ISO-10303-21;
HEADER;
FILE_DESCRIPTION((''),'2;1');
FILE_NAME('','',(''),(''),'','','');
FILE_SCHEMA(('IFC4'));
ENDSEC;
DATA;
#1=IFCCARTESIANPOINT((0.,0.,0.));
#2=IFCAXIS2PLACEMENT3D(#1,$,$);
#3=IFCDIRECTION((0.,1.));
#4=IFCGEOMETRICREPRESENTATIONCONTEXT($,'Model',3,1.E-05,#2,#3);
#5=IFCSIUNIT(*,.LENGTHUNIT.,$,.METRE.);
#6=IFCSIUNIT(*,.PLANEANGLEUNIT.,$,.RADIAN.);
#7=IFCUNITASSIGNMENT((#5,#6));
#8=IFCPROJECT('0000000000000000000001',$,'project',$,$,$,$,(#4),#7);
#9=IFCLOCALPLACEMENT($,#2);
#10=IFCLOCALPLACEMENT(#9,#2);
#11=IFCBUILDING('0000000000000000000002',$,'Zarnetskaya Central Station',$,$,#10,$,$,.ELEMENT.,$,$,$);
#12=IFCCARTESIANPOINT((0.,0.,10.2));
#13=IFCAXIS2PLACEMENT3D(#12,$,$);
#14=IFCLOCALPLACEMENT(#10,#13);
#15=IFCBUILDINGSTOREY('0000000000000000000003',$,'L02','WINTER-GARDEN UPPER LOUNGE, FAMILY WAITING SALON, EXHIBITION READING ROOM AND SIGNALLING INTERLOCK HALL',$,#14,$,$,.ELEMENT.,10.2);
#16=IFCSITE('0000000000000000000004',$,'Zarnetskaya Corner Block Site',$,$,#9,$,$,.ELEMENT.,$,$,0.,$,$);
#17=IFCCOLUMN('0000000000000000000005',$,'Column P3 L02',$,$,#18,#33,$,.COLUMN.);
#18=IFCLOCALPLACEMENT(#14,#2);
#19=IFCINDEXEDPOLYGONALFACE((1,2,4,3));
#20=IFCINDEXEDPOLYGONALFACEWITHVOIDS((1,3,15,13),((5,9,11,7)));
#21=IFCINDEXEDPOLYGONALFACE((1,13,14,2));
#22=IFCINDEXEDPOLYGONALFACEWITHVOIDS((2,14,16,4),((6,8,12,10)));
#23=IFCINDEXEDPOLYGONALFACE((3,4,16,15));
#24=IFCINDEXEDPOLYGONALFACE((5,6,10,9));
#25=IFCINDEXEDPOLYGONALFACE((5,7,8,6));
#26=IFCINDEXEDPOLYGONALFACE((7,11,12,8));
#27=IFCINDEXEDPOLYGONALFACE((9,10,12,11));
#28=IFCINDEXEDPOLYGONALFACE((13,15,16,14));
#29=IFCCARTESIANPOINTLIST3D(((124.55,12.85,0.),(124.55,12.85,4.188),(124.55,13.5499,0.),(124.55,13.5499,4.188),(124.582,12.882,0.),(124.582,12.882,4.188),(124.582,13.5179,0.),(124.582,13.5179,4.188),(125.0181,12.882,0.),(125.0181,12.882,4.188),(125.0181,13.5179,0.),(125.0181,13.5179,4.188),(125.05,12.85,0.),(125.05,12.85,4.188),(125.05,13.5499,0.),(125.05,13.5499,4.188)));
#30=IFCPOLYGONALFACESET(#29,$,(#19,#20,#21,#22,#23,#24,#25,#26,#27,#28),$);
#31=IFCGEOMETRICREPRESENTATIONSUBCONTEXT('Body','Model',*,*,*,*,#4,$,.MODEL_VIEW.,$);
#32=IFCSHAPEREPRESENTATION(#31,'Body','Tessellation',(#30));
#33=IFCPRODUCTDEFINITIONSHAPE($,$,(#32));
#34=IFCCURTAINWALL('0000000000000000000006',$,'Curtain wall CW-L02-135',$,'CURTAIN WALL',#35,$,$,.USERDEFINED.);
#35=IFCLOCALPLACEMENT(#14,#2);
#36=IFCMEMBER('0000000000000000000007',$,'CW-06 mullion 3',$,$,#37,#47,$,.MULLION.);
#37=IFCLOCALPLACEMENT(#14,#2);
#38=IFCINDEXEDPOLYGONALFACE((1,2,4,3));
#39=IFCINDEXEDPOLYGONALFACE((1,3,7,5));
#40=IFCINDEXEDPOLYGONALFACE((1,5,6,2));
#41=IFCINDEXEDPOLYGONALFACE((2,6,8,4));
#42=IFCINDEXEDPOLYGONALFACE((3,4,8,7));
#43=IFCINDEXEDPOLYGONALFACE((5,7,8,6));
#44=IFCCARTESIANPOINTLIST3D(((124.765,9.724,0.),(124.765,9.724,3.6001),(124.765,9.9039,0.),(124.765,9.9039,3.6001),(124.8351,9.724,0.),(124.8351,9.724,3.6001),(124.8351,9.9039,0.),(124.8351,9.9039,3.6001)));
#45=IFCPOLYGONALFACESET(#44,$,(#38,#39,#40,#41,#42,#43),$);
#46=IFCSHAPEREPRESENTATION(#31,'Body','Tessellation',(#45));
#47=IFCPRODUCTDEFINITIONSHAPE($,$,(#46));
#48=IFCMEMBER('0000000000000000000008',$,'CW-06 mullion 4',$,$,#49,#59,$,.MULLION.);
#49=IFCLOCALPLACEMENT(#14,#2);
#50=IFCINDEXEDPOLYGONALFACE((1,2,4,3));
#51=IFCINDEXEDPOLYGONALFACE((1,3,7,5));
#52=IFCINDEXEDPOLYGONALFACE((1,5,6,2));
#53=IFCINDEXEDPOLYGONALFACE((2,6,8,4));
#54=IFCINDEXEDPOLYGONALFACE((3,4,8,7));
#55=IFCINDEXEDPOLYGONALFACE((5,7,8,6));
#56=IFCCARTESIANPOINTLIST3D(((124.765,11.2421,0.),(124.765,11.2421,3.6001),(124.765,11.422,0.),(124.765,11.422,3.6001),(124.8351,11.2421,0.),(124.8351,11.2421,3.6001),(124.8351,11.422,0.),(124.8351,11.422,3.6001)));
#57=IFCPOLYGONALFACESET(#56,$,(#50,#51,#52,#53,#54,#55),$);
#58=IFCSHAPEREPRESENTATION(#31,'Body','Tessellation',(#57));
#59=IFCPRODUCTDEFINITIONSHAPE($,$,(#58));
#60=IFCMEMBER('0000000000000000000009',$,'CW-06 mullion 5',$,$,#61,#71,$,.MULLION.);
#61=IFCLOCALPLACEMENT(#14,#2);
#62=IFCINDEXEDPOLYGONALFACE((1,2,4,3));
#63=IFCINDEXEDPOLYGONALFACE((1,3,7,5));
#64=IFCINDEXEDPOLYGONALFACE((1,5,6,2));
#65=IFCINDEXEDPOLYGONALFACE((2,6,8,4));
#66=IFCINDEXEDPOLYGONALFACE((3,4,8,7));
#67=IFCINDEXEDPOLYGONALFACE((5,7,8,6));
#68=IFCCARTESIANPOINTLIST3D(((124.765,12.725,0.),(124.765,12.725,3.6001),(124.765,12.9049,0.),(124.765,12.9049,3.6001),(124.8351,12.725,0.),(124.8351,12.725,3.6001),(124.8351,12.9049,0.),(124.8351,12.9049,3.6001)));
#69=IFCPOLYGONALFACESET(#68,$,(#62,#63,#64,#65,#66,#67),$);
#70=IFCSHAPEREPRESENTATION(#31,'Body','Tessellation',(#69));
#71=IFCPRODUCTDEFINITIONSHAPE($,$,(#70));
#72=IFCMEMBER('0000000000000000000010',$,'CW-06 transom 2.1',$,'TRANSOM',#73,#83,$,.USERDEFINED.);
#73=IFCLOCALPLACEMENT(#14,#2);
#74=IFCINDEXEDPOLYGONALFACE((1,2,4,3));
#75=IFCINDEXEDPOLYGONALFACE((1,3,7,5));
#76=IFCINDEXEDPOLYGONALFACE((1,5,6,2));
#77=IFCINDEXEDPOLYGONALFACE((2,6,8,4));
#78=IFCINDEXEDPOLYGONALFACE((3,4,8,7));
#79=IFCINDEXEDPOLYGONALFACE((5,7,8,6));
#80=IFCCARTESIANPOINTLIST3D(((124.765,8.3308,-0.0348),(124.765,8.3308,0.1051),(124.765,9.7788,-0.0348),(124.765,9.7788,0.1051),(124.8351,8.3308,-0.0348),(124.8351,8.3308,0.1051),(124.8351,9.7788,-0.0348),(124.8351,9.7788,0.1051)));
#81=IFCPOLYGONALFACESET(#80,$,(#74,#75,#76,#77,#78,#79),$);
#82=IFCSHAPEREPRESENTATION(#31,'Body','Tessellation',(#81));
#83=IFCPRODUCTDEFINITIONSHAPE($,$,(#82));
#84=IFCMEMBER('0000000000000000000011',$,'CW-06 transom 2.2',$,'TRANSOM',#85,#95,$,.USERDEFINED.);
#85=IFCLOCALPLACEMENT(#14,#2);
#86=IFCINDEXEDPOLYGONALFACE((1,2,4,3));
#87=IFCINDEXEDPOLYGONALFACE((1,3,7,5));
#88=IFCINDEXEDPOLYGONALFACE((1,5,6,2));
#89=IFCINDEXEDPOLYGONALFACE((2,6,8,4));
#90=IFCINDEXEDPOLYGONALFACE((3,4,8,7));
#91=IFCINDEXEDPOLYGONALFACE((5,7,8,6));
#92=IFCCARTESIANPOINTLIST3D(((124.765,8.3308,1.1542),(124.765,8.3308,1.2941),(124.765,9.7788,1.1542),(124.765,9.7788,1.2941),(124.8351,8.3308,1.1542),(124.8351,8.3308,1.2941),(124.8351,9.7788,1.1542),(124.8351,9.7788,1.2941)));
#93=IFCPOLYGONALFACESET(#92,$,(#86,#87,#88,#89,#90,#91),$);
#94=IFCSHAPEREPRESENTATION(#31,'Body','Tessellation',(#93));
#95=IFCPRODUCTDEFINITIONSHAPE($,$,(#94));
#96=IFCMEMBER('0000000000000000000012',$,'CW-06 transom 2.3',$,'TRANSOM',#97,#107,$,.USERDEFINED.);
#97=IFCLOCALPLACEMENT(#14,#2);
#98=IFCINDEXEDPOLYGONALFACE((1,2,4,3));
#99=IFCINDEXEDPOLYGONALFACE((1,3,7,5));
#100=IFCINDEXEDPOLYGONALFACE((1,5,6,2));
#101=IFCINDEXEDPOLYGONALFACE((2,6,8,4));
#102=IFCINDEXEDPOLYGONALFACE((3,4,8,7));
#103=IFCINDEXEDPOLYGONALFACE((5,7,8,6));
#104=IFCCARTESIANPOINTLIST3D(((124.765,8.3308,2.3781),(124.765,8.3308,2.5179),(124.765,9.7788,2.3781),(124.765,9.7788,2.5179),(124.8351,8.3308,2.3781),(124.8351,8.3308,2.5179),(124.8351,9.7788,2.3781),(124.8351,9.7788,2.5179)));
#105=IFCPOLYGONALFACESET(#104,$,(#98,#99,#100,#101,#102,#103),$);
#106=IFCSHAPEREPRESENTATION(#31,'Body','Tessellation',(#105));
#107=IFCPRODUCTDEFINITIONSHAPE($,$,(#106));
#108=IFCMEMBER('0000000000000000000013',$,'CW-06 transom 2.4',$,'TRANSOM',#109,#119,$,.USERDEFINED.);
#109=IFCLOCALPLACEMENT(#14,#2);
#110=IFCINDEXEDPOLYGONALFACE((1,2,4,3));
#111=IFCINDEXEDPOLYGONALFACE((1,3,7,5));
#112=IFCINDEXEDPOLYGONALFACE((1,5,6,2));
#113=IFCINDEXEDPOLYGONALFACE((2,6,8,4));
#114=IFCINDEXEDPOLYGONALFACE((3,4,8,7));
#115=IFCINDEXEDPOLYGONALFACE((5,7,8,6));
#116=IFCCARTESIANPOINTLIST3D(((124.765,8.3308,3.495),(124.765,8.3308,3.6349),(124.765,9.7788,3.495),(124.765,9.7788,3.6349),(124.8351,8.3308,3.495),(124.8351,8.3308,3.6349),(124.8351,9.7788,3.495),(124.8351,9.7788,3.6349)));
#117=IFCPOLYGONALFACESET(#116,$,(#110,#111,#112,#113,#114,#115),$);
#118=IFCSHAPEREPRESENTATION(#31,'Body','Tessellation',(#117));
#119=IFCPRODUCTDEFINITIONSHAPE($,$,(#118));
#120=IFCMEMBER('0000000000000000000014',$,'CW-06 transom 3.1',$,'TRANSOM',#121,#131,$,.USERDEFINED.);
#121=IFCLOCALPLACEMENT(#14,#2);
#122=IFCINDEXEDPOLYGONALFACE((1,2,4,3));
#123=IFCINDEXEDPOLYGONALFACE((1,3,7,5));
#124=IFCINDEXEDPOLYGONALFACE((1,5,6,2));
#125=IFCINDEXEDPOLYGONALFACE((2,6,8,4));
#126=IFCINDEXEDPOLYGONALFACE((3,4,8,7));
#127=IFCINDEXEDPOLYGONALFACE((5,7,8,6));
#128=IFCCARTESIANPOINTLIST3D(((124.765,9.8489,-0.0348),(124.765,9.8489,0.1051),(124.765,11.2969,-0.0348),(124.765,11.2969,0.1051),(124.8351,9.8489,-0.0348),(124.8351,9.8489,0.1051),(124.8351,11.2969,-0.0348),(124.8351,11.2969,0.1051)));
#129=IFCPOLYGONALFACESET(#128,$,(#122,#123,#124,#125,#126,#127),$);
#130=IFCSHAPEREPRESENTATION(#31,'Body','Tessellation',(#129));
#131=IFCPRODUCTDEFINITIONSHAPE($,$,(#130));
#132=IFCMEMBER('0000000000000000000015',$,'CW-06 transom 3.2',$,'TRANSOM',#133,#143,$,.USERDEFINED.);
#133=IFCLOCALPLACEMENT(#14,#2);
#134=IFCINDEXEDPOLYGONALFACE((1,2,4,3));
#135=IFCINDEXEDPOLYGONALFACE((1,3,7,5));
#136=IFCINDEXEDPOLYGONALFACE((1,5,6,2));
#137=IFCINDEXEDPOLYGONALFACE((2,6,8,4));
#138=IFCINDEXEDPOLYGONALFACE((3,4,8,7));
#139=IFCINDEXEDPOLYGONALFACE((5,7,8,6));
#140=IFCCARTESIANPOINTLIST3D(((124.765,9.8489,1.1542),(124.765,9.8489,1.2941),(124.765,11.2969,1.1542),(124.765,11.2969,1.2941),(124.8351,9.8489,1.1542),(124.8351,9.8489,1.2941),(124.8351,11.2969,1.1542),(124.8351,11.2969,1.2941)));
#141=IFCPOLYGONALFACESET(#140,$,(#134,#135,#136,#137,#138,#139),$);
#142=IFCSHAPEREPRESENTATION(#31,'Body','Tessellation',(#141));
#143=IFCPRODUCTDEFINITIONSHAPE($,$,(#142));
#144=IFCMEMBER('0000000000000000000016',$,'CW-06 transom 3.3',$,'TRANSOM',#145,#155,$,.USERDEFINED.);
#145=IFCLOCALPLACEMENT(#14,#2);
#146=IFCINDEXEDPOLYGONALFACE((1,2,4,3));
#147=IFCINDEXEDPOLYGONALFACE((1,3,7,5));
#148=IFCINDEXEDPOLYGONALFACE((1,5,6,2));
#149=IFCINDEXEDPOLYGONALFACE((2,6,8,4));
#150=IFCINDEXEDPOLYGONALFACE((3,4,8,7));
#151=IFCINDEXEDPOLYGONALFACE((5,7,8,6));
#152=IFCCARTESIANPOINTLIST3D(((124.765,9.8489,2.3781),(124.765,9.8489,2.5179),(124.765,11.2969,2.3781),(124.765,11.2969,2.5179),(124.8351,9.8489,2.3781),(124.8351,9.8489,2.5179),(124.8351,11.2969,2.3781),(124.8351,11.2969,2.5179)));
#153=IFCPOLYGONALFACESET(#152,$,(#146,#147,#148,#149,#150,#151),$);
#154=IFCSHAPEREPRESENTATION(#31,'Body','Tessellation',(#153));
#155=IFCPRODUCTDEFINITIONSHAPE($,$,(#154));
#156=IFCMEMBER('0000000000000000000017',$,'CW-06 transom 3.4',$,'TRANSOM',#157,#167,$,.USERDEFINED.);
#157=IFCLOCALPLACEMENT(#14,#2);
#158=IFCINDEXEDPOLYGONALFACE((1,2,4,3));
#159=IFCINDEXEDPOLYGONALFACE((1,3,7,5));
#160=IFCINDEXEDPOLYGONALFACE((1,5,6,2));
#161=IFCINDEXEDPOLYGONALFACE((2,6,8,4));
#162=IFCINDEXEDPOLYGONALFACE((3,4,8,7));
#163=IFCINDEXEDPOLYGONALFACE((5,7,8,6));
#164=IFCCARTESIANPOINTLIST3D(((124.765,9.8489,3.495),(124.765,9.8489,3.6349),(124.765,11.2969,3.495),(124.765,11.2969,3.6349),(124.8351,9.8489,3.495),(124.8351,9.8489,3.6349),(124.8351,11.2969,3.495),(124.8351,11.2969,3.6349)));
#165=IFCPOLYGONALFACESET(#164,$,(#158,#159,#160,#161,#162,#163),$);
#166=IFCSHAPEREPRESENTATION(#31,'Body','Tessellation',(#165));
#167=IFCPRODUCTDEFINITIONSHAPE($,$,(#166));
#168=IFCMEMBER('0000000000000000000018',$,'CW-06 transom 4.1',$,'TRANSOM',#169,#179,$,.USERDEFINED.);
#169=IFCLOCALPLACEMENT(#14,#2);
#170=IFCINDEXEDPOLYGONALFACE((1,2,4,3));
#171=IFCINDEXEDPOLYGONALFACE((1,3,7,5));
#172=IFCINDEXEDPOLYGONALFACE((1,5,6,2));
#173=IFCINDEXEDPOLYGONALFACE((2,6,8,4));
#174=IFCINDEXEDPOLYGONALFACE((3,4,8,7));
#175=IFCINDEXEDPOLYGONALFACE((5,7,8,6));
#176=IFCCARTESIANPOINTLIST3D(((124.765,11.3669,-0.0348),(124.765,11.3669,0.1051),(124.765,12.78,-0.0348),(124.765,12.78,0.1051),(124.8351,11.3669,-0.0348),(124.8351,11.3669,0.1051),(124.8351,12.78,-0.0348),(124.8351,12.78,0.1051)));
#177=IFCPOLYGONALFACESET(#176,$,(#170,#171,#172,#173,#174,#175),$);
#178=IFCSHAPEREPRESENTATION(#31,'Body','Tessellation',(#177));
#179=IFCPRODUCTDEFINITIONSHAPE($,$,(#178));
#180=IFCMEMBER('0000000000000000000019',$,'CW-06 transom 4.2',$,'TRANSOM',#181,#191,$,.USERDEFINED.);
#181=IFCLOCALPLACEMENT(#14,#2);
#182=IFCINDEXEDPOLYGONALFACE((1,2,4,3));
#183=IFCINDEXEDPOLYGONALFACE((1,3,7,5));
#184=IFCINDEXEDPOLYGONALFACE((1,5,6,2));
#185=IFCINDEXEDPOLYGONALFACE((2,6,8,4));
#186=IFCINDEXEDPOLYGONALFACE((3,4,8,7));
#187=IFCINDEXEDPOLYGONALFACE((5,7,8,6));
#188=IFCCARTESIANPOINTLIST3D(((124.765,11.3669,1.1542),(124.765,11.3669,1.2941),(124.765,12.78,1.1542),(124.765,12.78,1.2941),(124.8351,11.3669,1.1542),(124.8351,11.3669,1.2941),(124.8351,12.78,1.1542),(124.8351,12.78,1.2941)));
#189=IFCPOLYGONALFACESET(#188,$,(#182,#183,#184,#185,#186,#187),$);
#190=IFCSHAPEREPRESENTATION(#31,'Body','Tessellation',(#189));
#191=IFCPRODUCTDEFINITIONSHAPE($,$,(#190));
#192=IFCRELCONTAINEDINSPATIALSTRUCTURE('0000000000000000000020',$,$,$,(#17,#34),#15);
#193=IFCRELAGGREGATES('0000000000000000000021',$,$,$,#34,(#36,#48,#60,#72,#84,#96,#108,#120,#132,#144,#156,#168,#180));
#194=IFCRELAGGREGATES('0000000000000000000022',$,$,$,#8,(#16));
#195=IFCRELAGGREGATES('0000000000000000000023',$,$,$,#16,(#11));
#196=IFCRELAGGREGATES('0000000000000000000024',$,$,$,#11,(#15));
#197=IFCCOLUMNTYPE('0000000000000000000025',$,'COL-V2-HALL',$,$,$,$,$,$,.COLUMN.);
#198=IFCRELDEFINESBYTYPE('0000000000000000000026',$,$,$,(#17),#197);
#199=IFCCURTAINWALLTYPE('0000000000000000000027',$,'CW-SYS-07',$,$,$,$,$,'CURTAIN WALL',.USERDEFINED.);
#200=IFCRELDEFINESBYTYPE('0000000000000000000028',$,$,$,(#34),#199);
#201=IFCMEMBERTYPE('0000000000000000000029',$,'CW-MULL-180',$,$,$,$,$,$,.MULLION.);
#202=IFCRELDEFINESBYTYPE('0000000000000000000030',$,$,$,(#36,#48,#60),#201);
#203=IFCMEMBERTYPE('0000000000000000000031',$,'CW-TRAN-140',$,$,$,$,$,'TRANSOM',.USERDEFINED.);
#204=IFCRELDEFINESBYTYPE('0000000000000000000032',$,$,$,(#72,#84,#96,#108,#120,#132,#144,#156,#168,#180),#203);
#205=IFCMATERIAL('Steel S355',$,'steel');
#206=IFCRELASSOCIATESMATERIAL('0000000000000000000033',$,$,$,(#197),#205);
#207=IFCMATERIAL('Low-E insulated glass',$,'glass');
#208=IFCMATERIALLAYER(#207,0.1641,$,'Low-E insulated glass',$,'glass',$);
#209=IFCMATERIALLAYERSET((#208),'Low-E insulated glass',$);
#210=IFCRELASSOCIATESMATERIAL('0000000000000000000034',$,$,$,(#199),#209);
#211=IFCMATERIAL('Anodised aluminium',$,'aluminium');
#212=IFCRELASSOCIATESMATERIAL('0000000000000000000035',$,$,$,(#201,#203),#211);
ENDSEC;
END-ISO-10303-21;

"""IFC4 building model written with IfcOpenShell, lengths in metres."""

from ifc_helpers import new_model, si_unit, direction, frame, origin, origin_2d, place, context, subcontext, project, spatial, rectangle, hollow_rectangle, extrude, material, layer, layer_set, material_profile, profile_set, type_object, element, aggregate, save


model = new_model("IFC4")

# Units and contexts
model_context = context("Model", 3, precision=1e-05, world=origin(), true_north=direction((0.0, 1.0)))
body_context = subcontext(model_context, "Body", "Model", "MODEL_VIEW")
ifc_project = project(units=[si_unit("LENGTHUNIT", "METRE"), si_unit("PLANEANGLEUNIT", "RADIAN")], contexts=[model_context])

# Site, building, storey
site_placement = place(None, origin())
site = spatial("IfcSite", under=ifc_project, at=site_placement, Name="Zarnetskaya Corner Block Site", CompositionType="ELEMENT", RefElevation=0.0)
building_placement = place(site_placement, origin())
building = spatial("IfcBuilding", under=site, at=building_placement, Name="Zarnetskaya Central Station", CompositionType="ELEMENT")
storey_placement = place(building_placement, frame((0.0, 0.0, 10.2)))
storey = spatial("IfcBuildingStorey", under=building, at=storey_placement, Name="L02", Description="WINTER-GARDEN UPPER LOUNGE, FAMILY WAITING SALON, EXHIBITION READING ROOM AND SIGNALLING INTERLOCK HALL", CompositionType="ELEMENT", Elevation=10.2)

# Column
ifc_material_1 = material(Name="Steel S355", Category="steel")
ifc_material_profile_1 = material_profile(ifc_material_1, hollow_rectangle(XDim=0.5, YDim=0.7, WallThickness=0.032, at=origin_2d()), Name="BOX 700x500x32")
ifc_profile_set_1 = profile_set([ifc_material_profile_1], Name="Steel S355")
column_type = type_object("IfcColumnType", Name="COL-V2-HALL", PredefinedType="COLUMN", material=ifc_profile_set_1)
column_placement = place(storey_placement, frame((124.8, 13.2, 0.0), z_axis=(0.0, 0.0, 1.0), x_axis=(1.0, 0.0, 0.0)))
element("IfcColumn", 1, at=column_placement, inside=storey, type_object=column_type, Name="Column P3 L02", PredefinedType="COLUMN", context=body_context, shape_type="SweptSolid", body=[
    extrude(hollow_rectangle(XDim=0.5, YDim=0.7, WallThickness=0.032, at=origin_2d()), origin(), (0.0, 0.0, 1.0), 4.188),
])

# Curtain wall, members
ifc_material_2 = material(Name="Low-E insulated glass", Category="glass")
ifc_layer_1 = layer(ifc_material_2, 0.1641, Name="Low-E insulated glass", Category="glass")
ifc_layer_set_1 = layer_set([ifc_layer_1], Name="Low-E insulated glass")
curtain_wall_type = type_object("IfcCurtainWallType", Name="CW-SYS-07", ElementType="CURTAIN WALL", PredefinedType="USERDEFINED", material=ifc_layer_set_1)
curtain_wall_placement = place(storey_placement, origin())
curtain_wall = element("IfcCurtainWall", 2, at=curtain_wall_placement, inside=storey, type_object=curtain_wall_type, Name="Curtain wall CW-L02-135", ObjectType="CURTAIN WALL", PredefinedType="USERDEFINED")
ifc_material_3 = material(Name="Anodised aluminium", Category="aluminium")
ifc_material_profile_2 = material_profile(ifc_material_3, rectangle(XDim=0.0701, YDim=0.1799, at=origin_2d()), Name="ALU MULL 70x180")
ifc_profile_set_2 = profile_set([ifc_material_profile_2], Name="Anodised aluminium")
member_type_1 = type_object("IfcMemberType", Name="CW-MULL-180", PredefinedType="MULLION", material=ifc_profile_set_2)
member_1_placement = place(storey_placement, frame((124.8, 9.814, 0.0), z_axis=(0.0, 0.0, 1.0), x_axis=(-1.0, 0.0, 0.0)))
member_1 = element("IfcMember", 3, at=member_1_placement, type_object=member_type_1, Name="CW-06 mullion 3", PredefinedType="MULLION", context=body_context, shape_type="SweptSolid", body=[
    extrude(rectangle(XDim=0.0701, YDim=0.1799, at=origin_2d()), origin(), (0.0, 0.0, 1.0), 3.6001),
])
member_2_placement = place(storey_placement, frame((124.8, 11.332, 0.0), z_axis=(0.0, 0.0, 1.0), x_axis=(-1.0, 0.0, 0.0)))
member_2 = element("IfcMember", 4, at=member_2_placement, type_object=member_type_1, Name="CW-06 mullion 4", PredefinedType="MULLION", context=body_context, shape_type="SweptSolid", body=[
    extrude(rectangle(XDim=0.0701, YDim=0.1799, at=origin_2d()), origin(), (0.0, 0.0, 1.0), 3.6001),
])
member_3_placement = place(storey_placement, frame((124.8, 12.8149, 0.0), z_axis=(0.0, 0.0, 1.0), x_axis=(-1.0, 0.0, 0.0)))
member_3 = element("IfcMember", 5, at=member_3_placement, type_object=member_type_1, Name="CW-06 mullion 5", PredefinedType="MULLION", context=body_context, shape_type="SweptSolid", body=[
    extrude(rectangle(XDim=0.0701, YDim=0.1799, at=origin_2d()), origin(), (0.0, 0.0, 1.0), 3.6001),
])
ifc_material_profile_3 = material_profile(ifc_material_3, rectangle(XDim=0.0701, YDim=0.1399, at=origin_2d()), Name="ALU TRAN 70x140")
ifc_profile_set_3 = profile_set([ifc_material_profile_3], Name="Anodised aluminium")
member_type_2 = type_object("IfcMemberType", Name="CW-TRAN-140", ElementType="TRANSOM", PredefinedType="USERDEFINED", material=ifc_profile_set_3)
member_4_placement = place(storey_placement, frame((124.8, 8.3308, 0.0352), z_axis=(0.0, 1.0, 0.0), x_axis=(-1.0, 0.0, 0.0)))
member_4 = element("IfcMember", 6, at=member_4_placement, type_object=member_type_2, Name="CW-06 transom 2.1", ObjectType="TRANSOM", PredefinedType="USERDEFINED", context=body_context, shape_type="SweptSolid", body=[
    extrude(rectangle(XDim=0.0701, YDim=0.1399, at=origin_2d()), origin(), (0.0, 0.0, 1.0), 1.448),
])
member_5_placement = place(storey_placement, frame((124.8, 8.3308, 1.2241), z_axis=(0.0, 1.0, 0.0), x_axis=(-1.0, 0.0, 0.0)))
member_5 = element("IfcMember", 7, at=member_5_placement, type_object=member_type_2, Name="CW-06 transom 2.2", ObjectType="TRANSOM", PredefinedType="USERDEFINED", context=body_context, shape_type="SweptSolid", body=[
    extrude(rectangle(XDim=0.0701, YDim=0.1399, at=origin_2d()), origin(), (0.0, 0.0, 1.0), 1.448),
])
member_6_placement = place(storey_placement, frame((124.8, 8.3308, 2.448), z_axis=(0.0, 1.0, 0.0), x_axis=(-1.0, 0.0, 0.0)))
member_6 = element("IfcMember", 8, at=member_6_placement, type_object=member_type_2, Name="CW-06 transom 2.3", ObjectType="TRANSOM", PredefinedType="USERDEFINED", context=body_context, shape_type="SweptSolid", body=[
    extrude(rectangle(XDim=0.0701, YDim=0.1399, at=origin_2d()), origin(), (0.0, 0.0, 1.0), 1.448),
])
member_7_placement = place(storey_placement, frame((124.8, 8.3308, 3.5649), z_axis=(0.0, 1.0, 0.0), x_axis=(-1.0, 0.0, 0.0)))
member_7 = element("IfcMember", 9, at=member_7_placement, type_object=member_type_2, Name="CW-06 transom 2.4", ObjectType="TRANSOM", PredefinedType="USERDEFINED", context=body_context, shape_type="SweptSolid", body=[
    extrude(rectangle(XDim=0.0701, YDim=0.1399, at=origin_2d()), origin(), (0.0, 0.0, 1.0), 1.448),
])
member_8_placement = place(storey_placement, frame((124.8, 9.8489, 0.0352), z_axis=(0.0, 1.0, 0.0), x_axis=(-1.0, 0.0, 0.0)))
member_8 = element("IfcMember", 10, at=member_8_placement, type_object=member_type_2, Name="CW-06 transom 3.1", ObjectType="TRANSOM", PredefinedType="USERDEFINED", context=body_context, shape_type="SweptSolid", body=[
    extrude(rectangle(XDim=0.0701, YDim=0.1399, at=origin_2d()), origin(), (0.0, 0.0, 1.0), 1.448),
])
member_9_placement = place(storey_placement, frame((124.8, 9.8489, 1.2241), z_axis=(0.0, 1.0, 0.0), x_axis=(-1.0, 0.0, 0.0)))
member_9 = element("IfcMember", 11, at=member_9_placement, type_object=member_type_2, Name="CW-06 transom 3.2", ObjectType="TRANSOM", PredefinedType="USERDEFINED", context=body_context, shape_type="SweptSolid", body=[
    extrude(rectangle(XDim=0.0701, YDim=0.1399, at=origin_2d()), origin(), (0.0, 0.0, 1.0), 1.448),
])
member_10_placement = place(storey_placement, frame((124.8, 9.8489, 2.448), z_axis=(0.0, 1.0, 0.0), x_axis=(-1.0, 0.0, 0.0)))
member_10 = element("IfcMember", 12, at=member_10_placement, type_object=member_type_2, Name="CW-06 transom 3.3", ObjectType="TRANSOM", PredefinedType="USERDEFINED", context=body_context, shape_type="SweptSolid", body=[
    extrude(rectangle(XDim=0.0701, YDim=0.1399, at=origin_2d()), origin(), (0.0, 0.0, 1.0), 1.448),
])
member_11_placement = place(storey_placement, frame((124.8, 9.8489, 3.5649), z_axis=(0.0, 1.0, 0.0), x_axis=(-1.0, 0.0, 0.0)))
member_11 = element("IfcMember", 13, at=member_11_placement, type_object=member_type_2, Name="CW-06 transom 3.4", ObjectType="TRANSOM", PredefinedType="USERDEFINED", context=body_context, shape_type="SweptSolid", body=[
    extrude(rectangle(XDim=0.0701, YDim=0.1399, at=origin_2d()), origin(), (0.0, 0.0, 1.0), 1.448),
])
member_12_placement = place(storey_placement, frame((124.8, 11.3669, 0.0352), z_axis=(0.0, 1.0, 0.0), x_axis=(-1.0, 0.0, 0.0)))
member_12 = element("IfcMember", 14, at=member_12_placement, type_object=member_type_2, Name="CW-06 transom 4.1", ObjectType="TRANSOM", PredefinedType="USERDEFINED", context=body_context, shape_type="SweptSolid", body=[
    extrude(rectangle(XDim=0.0701, YDim=0.1399, at=origin_2d()), origin(), (0.0, 0.0, 1.0), 1.4131),
])
member_13_placement = place(storey_placement, frame((124.8, 11.3669, 1.2241), z_axis=(0.0, 1.0, 0.0), x_axis=(-1.0, 0.0, 0.0)))
member_13 = element("IfcMember", 15, at=member_13_placement, type_object=member_type_2, Name="CW-06 transom 4.2", ObjectType="TRANSOM", PredefinedType="USERDEFINED", context=body_context, shape_type="SweptSolid", body=[
    extrude(rectangle(XDim=0.0701, YDim=0.1399, at=origin_2d()), origin(), (0.0, 0.0, 1.0), 1.4131),
])
aggregate(curtain_wall, [member_1, member_2, member_3, member_4, member_5, member_6, member_7, member_8, member_9, member_10, member_11, member_12, member_13])

save(model, "model.ifc")
